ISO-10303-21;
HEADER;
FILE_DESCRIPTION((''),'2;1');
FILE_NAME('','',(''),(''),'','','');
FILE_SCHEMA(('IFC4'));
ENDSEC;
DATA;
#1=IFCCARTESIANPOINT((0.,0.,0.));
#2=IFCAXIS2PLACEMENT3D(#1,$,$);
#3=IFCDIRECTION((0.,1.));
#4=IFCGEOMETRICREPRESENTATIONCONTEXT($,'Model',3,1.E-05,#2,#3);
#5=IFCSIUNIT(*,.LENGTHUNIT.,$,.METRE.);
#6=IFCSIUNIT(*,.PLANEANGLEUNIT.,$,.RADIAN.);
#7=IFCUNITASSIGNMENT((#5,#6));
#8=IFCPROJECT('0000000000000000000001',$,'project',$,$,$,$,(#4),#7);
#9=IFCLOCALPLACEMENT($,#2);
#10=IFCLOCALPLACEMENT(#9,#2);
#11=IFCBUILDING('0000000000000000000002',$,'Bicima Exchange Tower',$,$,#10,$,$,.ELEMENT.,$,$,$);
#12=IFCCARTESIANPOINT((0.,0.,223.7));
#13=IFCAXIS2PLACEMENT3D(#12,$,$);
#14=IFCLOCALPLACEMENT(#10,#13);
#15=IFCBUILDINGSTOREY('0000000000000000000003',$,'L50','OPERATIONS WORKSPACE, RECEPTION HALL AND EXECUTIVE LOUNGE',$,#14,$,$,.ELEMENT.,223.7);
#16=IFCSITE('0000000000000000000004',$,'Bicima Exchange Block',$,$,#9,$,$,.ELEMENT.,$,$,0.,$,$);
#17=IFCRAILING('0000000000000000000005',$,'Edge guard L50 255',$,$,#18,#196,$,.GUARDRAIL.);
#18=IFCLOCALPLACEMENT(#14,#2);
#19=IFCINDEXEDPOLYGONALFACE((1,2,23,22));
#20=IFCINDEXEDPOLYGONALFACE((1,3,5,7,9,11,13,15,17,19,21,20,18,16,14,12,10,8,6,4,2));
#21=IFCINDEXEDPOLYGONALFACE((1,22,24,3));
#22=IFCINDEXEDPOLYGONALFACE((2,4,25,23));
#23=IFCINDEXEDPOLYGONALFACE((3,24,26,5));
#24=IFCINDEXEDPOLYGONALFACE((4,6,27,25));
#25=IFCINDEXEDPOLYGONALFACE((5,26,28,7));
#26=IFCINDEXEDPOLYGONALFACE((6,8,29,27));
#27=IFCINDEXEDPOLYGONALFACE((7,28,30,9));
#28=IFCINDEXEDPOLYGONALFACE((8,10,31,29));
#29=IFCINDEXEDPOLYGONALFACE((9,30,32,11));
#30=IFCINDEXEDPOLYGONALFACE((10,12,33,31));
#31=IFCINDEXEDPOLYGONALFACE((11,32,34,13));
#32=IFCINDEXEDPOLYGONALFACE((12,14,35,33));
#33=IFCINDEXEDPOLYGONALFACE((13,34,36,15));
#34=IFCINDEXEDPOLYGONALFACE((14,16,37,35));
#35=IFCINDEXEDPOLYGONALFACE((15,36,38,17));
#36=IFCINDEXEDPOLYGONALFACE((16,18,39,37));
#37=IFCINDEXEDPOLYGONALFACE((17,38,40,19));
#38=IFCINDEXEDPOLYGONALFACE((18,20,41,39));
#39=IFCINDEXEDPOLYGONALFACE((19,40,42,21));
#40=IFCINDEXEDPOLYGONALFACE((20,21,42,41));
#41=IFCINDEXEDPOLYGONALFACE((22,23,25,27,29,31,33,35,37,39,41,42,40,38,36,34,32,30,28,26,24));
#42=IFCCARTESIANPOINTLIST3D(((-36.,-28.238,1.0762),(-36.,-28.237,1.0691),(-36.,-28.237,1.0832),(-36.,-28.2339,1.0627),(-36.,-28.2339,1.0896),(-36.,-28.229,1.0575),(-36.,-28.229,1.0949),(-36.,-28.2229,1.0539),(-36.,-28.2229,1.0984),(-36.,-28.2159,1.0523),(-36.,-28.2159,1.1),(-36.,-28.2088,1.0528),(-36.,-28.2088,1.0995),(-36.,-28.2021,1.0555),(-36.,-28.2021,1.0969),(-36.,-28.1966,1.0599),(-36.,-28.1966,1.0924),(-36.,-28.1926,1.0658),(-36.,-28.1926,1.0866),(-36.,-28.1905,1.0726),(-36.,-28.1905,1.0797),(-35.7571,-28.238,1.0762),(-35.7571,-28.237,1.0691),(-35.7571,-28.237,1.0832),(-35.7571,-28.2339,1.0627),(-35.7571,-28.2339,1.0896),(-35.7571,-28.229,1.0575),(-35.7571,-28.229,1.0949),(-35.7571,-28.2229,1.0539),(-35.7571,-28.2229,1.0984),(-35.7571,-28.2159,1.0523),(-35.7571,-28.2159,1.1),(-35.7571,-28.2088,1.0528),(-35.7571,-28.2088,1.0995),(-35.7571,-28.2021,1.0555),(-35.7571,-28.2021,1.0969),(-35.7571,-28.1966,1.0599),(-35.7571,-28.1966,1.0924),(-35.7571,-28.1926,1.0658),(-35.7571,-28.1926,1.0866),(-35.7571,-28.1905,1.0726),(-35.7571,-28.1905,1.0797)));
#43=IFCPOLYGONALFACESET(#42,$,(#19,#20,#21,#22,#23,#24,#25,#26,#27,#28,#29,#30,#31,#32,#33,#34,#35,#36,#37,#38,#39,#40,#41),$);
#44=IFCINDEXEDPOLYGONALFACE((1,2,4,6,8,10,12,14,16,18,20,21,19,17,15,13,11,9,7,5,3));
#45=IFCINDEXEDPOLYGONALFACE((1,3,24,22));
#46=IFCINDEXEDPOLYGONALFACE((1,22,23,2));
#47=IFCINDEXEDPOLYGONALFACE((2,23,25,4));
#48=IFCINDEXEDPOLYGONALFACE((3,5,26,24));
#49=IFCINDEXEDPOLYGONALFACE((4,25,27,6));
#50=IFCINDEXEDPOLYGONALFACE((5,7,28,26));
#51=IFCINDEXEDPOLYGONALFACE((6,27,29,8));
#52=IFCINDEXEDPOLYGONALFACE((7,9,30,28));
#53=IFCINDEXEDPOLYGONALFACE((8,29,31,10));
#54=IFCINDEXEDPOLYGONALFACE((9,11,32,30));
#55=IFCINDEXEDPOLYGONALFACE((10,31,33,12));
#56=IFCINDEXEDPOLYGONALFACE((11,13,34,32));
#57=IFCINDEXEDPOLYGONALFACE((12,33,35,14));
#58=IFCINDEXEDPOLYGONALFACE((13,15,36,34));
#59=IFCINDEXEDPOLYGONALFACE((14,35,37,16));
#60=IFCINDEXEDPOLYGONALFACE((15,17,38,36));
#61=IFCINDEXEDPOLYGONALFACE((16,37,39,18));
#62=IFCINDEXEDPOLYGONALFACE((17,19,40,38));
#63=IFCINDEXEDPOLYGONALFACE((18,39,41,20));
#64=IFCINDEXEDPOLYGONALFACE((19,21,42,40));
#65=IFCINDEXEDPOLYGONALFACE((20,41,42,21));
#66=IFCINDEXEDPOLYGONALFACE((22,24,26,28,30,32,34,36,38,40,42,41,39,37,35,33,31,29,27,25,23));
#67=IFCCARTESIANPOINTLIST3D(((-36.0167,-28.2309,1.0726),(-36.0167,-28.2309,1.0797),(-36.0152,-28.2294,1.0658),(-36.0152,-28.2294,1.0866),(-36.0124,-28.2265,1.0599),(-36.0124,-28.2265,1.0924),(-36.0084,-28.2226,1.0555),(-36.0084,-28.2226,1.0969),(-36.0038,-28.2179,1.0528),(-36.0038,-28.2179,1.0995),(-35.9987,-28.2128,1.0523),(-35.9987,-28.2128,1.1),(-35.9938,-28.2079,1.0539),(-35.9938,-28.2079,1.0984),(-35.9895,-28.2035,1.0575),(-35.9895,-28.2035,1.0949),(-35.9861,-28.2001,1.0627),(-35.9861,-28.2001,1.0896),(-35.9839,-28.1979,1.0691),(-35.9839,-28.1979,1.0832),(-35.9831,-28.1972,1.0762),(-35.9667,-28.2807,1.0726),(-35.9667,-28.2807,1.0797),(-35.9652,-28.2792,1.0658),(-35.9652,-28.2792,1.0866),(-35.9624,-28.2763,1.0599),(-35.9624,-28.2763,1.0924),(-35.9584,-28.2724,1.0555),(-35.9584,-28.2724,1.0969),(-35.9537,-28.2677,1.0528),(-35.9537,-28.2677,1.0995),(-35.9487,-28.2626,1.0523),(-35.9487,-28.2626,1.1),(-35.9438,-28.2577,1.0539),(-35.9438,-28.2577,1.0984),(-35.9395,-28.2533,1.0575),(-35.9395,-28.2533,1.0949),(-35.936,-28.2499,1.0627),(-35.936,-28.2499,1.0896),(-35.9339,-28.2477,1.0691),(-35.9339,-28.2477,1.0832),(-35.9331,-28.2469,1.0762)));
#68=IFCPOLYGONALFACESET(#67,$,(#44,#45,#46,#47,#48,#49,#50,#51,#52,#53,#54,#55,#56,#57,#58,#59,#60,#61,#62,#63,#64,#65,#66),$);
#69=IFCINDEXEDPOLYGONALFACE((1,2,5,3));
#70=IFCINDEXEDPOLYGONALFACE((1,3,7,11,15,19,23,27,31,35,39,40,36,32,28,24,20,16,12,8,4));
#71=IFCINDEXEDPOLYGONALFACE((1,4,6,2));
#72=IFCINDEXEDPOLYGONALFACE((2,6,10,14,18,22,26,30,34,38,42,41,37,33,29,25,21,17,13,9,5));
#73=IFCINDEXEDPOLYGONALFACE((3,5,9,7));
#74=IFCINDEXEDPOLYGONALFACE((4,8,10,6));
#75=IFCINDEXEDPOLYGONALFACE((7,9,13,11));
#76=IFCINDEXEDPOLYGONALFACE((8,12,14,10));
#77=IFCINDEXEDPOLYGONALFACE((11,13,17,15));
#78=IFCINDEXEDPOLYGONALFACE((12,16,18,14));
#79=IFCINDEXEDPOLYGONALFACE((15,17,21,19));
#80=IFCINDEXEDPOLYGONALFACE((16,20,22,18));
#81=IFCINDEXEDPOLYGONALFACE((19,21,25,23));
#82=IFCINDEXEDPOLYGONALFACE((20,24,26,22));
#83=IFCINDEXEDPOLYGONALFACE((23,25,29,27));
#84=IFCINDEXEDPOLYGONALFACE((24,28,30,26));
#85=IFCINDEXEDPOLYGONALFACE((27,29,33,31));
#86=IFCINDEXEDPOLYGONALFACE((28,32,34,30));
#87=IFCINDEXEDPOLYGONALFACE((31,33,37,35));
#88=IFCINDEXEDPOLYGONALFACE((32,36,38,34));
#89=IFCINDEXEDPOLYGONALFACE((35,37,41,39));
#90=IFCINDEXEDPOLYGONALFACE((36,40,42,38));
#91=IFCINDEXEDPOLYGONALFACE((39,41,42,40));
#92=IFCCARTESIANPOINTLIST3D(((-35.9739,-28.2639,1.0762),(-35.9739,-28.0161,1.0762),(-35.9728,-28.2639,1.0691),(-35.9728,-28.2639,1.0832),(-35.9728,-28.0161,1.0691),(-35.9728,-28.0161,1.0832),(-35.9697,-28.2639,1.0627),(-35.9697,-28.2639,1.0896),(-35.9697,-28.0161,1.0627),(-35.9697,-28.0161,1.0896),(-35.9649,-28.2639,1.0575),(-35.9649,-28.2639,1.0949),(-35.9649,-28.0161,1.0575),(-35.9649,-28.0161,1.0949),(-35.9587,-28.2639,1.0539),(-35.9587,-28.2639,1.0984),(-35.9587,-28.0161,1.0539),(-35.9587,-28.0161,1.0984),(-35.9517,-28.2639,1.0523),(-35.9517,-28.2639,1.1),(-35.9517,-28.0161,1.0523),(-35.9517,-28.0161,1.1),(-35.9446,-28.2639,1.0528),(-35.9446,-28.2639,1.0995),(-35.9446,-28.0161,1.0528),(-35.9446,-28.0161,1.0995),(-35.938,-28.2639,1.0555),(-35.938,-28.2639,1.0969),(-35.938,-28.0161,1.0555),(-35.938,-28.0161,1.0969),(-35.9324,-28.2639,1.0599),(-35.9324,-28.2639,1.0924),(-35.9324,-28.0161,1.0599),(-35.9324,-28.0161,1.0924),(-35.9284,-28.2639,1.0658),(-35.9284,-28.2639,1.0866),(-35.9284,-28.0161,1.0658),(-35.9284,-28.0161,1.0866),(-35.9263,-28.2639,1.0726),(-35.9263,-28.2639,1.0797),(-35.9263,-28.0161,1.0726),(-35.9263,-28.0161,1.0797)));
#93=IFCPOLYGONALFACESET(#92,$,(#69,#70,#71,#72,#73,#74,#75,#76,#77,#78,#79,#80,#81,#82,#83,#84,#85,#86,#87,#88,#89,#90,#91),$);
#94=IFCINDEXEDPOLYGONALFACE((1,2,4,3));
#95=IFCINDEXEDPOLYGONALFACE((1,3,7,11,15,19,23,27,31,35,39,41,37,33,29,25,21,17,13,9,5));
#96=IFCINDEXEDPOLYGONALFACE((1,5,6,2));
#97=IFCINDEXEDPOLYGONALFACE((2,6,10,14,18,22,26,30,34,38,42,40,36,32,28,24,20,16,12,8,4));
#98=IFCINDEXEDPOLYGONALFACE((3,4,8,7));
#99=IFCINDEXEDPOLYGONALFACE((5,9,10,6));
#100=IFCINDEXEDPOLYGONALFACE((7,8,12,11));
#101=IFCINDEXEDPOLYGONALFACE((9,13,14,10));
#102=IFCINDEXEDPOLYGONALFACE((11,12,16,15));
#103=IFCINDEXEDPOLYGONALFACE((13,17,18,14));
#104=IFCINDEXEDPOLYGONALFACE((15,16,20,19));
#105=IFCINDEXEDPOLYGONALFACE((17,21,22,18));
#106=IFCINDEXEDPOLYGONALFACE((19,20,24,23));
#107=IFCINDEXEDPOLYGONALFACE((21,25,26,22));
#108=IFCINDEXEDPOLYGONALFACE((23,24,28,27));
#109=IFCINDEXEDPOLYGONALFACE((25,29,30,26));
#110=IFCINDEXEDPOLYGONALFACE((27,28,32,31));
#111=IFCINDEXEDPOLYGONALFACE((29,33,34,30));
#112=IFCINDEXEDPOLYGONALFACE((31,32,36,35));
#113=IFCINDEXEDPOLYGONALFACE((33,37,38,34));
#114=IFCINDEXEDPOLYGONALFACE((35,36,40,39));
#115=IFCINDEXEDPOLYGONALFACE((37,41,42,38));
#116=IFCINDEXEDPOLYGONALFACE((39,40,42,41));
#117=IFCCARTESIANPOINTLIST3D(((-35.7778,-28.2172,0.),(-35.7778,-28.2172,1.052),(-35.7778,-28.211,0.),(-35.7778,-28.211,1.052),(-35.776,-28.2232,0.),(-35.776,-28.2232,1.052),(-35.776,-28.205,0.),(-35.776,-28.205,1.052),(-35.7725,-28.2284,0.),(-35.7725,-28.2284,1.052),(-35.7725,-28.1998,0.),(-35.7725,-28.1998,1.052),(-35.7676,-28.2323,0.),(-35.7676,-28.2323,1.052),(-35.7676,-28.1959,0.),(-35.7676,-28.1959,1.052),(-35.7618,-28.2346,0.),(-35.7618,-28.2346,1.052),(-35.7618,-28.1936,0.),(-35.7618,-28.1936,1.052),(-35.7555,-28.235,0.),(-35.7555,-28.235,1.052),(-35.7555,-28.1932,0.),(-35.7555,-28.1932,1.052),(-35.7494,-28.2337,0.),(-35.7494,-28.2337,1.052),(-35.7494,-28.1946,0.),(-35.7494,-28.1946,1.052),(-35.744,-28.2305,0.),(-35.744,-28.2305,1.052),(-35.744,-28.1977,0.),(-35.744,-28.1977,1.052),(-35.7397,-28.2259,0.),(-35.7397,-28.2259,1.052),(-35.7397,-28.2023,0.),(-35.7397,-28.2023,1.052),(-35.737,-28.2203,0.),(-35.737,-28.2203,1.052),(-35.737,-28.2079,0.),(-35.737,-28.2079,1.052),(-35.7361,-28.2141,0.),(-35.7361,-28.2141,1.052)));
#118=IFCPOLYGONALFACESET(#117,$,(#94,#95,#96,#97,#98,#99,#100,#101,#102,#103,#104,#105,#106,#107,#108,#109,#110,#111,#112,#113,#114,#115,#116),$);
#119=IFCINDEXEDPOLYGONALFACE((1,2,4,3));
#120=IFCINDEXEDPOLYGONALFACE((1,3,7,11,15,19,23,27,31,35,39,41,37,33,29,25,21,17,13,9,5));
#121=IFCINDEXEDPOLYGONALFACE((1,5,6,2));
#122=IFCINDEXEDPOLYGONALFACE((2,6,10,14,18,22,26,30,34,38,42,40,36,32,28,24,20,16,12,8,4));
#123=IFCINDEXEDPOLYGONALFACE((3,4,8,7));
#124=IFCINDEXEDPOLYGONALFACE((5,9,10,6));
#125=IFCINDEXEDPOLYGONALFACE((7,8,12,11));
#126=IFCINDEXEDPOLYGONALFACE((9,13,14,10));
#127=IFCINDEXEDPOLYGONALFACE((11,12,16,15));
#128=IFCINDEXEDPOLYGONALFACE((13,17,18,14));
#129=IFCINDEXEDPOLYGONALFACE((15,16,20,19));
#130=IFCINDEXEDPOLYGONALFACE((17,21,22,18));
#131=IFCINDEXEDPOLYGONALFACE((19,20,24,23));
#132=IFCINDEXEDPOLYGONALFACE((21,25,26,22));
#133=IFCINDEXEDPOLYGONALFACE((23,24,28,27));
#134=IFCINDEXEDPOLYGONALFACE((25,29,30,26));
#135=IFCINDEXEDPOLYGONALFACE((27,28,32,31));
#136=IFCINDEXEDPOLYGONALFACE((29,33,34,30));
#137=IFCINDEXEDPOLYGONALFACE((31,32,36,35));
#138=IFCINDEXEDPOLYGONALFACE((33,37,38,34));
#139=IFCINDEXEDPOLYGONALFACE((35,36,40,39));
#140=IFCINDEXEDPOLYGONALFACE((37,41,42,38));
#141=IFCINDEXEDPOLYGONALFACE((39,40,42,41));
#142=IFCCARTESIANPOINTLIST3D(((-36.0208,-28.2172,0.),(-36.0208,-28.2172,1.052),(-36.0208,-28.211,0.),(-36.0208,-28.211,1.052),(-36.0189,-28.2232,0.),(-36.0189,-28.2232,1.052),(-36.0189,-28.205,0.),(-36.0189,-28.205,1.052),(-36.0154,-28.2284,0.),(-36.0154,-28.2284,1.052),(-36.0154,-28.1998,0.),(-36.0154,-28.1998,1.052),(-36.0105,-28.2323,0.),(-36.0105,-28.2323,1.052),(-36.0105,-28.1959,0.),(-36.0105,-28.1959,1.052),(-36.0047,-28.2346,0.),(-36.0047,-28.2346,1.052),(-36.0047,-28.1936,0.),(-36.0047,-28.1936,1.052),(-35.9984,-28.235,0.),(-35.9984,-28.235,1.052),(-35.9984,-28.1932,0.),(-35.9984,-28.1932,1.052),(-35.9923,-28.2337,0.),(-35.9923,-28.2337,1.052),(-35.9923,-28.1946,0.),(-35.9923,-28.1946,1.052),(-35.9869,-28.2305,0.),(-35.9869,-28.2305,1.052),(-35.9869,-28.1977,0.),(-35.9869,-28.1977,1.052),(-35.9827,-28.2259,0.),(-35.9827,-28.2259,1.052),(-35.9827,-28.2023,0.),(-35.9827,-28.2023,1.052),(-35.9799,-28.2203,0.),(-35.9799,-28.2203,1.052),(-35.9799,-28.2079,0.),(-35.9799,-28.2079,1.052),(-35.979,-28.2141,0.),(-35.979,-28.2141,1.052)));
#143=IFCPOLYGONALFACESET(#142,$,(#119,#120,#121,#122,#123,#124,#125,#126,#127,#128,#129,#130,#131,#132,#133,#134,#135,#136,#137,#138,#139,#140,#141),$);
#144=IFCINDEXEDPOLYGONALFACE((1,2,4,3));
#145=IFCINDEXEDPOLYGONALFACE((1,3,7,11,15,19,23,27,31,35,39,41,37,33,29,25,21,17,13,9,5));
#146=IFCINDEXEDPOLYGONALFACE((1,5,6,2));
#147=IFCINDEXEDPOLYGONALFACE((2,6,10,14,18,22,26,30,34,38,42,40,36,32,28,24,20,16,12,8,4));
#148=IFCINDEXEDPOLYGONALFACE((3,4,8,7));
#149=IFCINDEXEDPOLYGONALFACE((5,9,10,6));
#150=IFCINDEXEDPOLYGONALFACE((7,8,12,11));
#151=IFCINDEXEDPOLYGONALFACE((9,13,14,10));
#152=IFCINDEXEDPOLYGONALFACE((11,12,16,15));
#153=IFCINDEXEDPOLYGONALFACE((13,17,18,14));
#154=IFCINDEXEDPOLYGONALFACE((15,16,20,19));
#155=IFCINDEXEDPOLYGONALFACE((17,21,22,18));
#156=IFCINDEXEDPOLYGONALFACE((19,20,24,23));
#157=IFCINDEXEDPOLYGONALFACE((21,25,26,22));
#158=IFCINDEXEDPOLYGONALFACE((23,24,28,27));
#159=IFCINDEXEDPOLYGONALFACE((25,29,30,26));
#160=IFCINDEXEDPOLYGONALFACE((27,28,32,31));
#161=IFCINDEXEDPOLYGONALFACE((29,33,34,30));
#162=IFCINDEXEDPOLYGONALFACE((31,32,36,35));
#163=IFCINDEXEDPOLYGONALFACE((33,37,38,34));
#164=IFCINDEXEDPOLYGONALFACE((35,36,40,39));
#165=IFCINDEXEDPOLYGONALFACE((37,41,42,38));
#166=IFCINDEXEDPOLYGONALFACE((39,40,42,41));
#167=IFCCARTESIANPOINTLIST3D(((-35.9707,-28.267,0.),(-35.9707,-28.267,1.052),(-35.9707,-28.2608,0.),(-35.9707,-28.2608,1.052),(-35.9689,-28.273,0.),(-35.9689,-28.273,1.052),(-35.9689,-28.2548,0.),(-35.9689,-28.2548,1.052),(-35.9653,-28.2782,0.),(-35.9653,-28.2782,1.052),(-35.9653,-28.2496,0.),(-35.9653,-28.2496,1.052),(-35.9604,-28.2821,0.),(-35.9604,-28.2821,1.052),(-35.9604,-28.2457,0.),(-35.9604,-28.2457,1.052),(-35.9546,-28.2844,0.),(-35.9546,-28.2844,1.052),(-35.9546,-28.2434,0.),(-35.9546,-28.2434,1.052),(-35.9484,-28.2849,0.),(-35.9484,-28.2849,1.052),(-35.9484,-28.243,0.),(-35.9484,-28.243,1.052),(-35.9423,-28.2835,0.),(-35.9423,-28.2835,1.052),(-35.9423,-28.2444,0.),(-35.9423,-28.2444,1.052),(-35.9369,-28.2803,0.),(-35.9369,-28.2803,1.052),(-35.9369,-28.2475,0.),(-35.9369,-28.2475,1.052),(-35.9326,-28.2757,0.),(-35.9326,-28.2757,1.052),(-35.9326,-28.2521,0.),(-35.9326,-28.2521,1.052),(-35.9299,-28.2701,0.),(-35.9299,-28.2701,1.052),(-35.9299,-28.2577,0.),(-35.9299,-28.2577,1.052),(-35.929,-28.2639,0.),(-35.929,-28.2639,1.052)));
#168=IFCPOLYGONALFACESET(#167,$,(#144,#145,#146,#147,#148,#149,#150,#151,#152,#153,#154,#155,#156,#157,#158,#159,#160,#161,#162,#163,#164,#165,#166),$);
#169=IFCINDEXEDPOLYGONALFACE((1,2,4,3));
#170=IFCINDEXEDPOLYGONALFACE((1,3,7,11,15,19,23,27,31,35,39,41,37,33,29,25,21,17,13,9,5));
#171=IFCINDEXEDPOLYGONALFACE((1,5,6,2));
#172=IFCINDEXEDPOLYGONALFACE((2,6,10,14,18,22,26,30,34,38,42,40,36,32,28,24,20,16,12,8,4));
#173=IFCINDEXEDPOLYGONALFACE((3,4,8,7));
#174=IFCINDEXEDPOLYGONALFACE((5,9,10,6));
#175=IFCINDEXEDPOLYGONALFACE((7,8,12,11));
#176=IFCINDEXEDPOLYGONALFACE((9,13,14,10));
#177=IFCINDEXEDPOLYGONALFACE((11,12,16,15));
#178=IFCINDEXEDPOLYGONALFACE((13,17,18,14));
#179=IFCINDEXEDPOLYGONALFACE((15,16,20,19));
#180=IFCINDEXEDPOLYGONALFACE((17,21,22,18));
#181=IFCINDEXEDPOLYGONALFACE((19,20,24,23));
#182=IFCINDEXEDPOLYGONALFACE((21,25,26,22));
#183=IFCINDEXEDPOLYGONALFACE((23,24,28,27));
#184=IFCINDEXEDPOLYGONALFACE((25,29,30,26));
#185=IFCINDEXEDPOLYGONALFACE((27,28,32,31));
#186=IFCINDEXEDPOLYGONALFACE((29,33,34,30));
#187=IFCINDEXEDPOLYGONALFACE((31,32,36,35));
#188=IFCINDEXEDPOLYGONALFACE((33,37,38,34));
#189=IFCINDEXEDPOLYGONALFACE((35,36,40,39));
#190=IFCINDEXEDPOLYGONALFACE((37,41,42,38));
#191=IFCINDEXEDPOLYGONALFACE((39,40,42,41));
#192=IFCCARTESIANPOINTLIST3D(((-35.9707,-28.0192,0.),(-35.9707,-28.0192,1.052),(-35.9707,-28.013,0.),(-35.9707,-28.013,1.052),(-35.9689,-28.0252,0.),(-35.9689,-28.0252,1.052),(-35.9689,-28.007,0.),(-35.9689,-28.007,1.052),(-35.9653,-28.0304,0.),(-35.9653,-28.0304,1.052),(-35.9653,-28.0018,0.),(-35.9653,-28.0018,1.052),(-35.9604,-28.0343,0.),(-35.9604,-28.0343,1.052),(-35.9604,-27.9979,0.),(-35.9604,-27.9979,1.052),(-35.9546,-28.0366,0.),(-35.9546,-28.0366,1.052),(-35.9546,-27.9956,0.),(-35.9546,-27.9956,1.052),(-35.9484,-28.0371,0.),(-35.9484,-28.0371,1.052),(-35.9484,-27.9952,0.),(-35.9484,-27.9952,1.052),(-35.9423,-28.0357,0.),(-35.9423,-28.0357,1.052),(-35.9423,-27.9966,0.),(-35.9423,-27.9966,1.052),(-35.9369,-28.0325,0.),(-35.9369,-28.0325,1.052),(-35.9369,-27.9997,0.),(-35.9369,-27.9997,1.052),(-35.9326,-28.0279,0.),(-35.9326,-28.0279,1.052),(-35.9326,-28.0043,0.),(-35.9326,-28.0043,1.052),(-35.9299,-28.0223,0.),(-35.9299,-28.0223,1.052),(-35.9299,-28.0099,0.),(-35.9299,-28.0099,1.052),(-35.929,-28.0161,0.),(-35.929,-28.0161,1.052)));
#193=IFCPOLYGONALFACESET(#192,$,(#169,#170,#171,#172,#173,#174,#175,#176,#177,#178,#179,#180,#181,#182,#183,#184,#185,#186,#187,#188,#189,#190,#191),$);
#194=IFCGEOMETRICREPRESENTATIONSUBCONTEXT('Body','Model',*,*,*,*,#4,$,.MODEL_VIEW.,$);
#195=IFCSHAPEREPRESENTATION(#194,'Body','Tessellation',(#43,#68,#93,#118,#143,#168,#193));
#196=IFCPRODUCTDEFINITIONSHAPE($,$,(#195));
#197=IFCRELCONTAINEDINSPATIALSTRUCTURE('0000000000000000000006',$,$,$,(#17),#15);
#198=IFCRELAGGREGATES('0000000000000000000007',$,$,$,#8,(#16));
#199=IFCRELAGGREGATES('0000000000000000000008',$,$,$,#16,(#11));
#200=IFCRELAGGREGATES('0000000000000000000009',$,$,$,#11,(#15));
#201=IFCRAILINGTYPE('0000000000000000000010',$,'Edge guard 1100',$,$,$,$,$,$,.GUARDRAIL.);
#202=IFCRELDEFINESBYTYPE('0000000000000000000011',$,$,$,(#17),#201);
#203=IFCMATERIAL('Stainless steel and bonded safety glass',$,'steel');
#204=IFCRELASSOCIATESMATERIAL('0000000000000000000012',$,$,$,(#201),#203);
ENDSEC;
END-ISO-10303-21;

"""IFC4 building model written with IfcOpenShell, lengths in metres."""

from ifc_helpers import new_model, si_unit, direction, frame, origin, origin_2d, place, context, subcontext, project, spatial, circle, extrude, material, type_object, element, save


model = new_model("IFC4")

# Units and contexts
model_context = context("Model", 3, precision=1e-05, world=origin(), true_north=direction((0.0, 1.0)))
body_context = subcontext(model_context, "Body", "Model", "MODEL_VIEW")
ifc_project = project(units=[si_unit("LENGTHUNIT", "METRE"), si_unit("PLANEANGLEUNIT", "RADIAN")], contexts=[model_context])

# Site, building, storey
site_placement = place(None, origin())
site = spatial("IfcSite", under=ifc_project, at=site_placement, Name="Bicima Exchange Block", CompositionType="ELEMENT", RefElevation=0.0)
building_placement = place(site_placement, origin())
building = spatial("IfcBuilding", under=site, at=building_placement, Name="Bicima Exchange Tower", CompositionType="ELEMENT")
storey_placement = place(building_placement, frame((0.0, 0.0, 223.7)))
storey = spatial("IfcBuildingStorey", under=building, at=storey_placement, Name="L50", Description="OPERATIONS WORKSPACE, RECEPTION HALL AND EXECUTIVE LOUNGE", CompositionType="ELEMENT", Elevation=223.7)

# Railing
ifc_material_1 = material(Name="Stainless steel and bonded safety glass", Category="steel")
railing_type = type_object("IfcRailingType", Name="Edge guard 1100", PredefinedType="GUARDRAIL", material=ifc_material_1)
railing_1_placement = place(storey_placement, frame((-35.7571, -28.2141, 0.0)))
element("IfcRailing", 1, at=railing_1_placement, inside=storey, type_object=railing_type, Name="Edge guard L50 255", PredefinedType="GUARDRAIL", context=body_context, shape_type="SweptSolid", body=[
    extrude(circle(Radius=0.0239, at=origin_2d()), frame((0.0, 0.0, 1.0762), z_axis=(-1.0, 0.0, 0.0), x_axis=(0.0, -1.0, 0.0)), (0.0, 0.0, 1.0), 0.2429),
    extrude(circle(Radius=0.0239, at=origin_2d()), frame((-0.2429, 0.0, 1.0762), z_axis=(0.708834, -0.705376, 0.0), x_axis=(0.705376, 0.708834, 0.0)), (0.0, 0.0, 1.0), 0.0706),
    extrude(circle(Radius=0.0239, at=origin_2d()), frame((-0.1929, -0.0498, 1.0762), z_axis=(0.0, 1.0, 0.0), x_axis=(-1.0, 0.0, 0.0)), (0.0, 0.0, 1.0), 0.2478),
    extrude(circle(Radius=0.021, at=origin_2d()), origin(), (0.0, 0.0, 1.0), 1.052),
    extrude(circle(Radius=0.021, at=origin_2d()), frame((-0.2429, 0.0, 0.0)), (0.0, 0.0, 1.0), 1.052),
    extrude(circle(Radius=0.021, at=origin_2d()), frame((-0.1929, -0.0498, 0.0)), (0.0, 0.0, 1.0), 1.052),
    extrude(circle(Radius=0.021, at=origin_2d()), frame((-0.1929, 0.198, 0.0)), (0.0, 0.0, 1.0), 1.052),
])

save(model, "model.ifc")
